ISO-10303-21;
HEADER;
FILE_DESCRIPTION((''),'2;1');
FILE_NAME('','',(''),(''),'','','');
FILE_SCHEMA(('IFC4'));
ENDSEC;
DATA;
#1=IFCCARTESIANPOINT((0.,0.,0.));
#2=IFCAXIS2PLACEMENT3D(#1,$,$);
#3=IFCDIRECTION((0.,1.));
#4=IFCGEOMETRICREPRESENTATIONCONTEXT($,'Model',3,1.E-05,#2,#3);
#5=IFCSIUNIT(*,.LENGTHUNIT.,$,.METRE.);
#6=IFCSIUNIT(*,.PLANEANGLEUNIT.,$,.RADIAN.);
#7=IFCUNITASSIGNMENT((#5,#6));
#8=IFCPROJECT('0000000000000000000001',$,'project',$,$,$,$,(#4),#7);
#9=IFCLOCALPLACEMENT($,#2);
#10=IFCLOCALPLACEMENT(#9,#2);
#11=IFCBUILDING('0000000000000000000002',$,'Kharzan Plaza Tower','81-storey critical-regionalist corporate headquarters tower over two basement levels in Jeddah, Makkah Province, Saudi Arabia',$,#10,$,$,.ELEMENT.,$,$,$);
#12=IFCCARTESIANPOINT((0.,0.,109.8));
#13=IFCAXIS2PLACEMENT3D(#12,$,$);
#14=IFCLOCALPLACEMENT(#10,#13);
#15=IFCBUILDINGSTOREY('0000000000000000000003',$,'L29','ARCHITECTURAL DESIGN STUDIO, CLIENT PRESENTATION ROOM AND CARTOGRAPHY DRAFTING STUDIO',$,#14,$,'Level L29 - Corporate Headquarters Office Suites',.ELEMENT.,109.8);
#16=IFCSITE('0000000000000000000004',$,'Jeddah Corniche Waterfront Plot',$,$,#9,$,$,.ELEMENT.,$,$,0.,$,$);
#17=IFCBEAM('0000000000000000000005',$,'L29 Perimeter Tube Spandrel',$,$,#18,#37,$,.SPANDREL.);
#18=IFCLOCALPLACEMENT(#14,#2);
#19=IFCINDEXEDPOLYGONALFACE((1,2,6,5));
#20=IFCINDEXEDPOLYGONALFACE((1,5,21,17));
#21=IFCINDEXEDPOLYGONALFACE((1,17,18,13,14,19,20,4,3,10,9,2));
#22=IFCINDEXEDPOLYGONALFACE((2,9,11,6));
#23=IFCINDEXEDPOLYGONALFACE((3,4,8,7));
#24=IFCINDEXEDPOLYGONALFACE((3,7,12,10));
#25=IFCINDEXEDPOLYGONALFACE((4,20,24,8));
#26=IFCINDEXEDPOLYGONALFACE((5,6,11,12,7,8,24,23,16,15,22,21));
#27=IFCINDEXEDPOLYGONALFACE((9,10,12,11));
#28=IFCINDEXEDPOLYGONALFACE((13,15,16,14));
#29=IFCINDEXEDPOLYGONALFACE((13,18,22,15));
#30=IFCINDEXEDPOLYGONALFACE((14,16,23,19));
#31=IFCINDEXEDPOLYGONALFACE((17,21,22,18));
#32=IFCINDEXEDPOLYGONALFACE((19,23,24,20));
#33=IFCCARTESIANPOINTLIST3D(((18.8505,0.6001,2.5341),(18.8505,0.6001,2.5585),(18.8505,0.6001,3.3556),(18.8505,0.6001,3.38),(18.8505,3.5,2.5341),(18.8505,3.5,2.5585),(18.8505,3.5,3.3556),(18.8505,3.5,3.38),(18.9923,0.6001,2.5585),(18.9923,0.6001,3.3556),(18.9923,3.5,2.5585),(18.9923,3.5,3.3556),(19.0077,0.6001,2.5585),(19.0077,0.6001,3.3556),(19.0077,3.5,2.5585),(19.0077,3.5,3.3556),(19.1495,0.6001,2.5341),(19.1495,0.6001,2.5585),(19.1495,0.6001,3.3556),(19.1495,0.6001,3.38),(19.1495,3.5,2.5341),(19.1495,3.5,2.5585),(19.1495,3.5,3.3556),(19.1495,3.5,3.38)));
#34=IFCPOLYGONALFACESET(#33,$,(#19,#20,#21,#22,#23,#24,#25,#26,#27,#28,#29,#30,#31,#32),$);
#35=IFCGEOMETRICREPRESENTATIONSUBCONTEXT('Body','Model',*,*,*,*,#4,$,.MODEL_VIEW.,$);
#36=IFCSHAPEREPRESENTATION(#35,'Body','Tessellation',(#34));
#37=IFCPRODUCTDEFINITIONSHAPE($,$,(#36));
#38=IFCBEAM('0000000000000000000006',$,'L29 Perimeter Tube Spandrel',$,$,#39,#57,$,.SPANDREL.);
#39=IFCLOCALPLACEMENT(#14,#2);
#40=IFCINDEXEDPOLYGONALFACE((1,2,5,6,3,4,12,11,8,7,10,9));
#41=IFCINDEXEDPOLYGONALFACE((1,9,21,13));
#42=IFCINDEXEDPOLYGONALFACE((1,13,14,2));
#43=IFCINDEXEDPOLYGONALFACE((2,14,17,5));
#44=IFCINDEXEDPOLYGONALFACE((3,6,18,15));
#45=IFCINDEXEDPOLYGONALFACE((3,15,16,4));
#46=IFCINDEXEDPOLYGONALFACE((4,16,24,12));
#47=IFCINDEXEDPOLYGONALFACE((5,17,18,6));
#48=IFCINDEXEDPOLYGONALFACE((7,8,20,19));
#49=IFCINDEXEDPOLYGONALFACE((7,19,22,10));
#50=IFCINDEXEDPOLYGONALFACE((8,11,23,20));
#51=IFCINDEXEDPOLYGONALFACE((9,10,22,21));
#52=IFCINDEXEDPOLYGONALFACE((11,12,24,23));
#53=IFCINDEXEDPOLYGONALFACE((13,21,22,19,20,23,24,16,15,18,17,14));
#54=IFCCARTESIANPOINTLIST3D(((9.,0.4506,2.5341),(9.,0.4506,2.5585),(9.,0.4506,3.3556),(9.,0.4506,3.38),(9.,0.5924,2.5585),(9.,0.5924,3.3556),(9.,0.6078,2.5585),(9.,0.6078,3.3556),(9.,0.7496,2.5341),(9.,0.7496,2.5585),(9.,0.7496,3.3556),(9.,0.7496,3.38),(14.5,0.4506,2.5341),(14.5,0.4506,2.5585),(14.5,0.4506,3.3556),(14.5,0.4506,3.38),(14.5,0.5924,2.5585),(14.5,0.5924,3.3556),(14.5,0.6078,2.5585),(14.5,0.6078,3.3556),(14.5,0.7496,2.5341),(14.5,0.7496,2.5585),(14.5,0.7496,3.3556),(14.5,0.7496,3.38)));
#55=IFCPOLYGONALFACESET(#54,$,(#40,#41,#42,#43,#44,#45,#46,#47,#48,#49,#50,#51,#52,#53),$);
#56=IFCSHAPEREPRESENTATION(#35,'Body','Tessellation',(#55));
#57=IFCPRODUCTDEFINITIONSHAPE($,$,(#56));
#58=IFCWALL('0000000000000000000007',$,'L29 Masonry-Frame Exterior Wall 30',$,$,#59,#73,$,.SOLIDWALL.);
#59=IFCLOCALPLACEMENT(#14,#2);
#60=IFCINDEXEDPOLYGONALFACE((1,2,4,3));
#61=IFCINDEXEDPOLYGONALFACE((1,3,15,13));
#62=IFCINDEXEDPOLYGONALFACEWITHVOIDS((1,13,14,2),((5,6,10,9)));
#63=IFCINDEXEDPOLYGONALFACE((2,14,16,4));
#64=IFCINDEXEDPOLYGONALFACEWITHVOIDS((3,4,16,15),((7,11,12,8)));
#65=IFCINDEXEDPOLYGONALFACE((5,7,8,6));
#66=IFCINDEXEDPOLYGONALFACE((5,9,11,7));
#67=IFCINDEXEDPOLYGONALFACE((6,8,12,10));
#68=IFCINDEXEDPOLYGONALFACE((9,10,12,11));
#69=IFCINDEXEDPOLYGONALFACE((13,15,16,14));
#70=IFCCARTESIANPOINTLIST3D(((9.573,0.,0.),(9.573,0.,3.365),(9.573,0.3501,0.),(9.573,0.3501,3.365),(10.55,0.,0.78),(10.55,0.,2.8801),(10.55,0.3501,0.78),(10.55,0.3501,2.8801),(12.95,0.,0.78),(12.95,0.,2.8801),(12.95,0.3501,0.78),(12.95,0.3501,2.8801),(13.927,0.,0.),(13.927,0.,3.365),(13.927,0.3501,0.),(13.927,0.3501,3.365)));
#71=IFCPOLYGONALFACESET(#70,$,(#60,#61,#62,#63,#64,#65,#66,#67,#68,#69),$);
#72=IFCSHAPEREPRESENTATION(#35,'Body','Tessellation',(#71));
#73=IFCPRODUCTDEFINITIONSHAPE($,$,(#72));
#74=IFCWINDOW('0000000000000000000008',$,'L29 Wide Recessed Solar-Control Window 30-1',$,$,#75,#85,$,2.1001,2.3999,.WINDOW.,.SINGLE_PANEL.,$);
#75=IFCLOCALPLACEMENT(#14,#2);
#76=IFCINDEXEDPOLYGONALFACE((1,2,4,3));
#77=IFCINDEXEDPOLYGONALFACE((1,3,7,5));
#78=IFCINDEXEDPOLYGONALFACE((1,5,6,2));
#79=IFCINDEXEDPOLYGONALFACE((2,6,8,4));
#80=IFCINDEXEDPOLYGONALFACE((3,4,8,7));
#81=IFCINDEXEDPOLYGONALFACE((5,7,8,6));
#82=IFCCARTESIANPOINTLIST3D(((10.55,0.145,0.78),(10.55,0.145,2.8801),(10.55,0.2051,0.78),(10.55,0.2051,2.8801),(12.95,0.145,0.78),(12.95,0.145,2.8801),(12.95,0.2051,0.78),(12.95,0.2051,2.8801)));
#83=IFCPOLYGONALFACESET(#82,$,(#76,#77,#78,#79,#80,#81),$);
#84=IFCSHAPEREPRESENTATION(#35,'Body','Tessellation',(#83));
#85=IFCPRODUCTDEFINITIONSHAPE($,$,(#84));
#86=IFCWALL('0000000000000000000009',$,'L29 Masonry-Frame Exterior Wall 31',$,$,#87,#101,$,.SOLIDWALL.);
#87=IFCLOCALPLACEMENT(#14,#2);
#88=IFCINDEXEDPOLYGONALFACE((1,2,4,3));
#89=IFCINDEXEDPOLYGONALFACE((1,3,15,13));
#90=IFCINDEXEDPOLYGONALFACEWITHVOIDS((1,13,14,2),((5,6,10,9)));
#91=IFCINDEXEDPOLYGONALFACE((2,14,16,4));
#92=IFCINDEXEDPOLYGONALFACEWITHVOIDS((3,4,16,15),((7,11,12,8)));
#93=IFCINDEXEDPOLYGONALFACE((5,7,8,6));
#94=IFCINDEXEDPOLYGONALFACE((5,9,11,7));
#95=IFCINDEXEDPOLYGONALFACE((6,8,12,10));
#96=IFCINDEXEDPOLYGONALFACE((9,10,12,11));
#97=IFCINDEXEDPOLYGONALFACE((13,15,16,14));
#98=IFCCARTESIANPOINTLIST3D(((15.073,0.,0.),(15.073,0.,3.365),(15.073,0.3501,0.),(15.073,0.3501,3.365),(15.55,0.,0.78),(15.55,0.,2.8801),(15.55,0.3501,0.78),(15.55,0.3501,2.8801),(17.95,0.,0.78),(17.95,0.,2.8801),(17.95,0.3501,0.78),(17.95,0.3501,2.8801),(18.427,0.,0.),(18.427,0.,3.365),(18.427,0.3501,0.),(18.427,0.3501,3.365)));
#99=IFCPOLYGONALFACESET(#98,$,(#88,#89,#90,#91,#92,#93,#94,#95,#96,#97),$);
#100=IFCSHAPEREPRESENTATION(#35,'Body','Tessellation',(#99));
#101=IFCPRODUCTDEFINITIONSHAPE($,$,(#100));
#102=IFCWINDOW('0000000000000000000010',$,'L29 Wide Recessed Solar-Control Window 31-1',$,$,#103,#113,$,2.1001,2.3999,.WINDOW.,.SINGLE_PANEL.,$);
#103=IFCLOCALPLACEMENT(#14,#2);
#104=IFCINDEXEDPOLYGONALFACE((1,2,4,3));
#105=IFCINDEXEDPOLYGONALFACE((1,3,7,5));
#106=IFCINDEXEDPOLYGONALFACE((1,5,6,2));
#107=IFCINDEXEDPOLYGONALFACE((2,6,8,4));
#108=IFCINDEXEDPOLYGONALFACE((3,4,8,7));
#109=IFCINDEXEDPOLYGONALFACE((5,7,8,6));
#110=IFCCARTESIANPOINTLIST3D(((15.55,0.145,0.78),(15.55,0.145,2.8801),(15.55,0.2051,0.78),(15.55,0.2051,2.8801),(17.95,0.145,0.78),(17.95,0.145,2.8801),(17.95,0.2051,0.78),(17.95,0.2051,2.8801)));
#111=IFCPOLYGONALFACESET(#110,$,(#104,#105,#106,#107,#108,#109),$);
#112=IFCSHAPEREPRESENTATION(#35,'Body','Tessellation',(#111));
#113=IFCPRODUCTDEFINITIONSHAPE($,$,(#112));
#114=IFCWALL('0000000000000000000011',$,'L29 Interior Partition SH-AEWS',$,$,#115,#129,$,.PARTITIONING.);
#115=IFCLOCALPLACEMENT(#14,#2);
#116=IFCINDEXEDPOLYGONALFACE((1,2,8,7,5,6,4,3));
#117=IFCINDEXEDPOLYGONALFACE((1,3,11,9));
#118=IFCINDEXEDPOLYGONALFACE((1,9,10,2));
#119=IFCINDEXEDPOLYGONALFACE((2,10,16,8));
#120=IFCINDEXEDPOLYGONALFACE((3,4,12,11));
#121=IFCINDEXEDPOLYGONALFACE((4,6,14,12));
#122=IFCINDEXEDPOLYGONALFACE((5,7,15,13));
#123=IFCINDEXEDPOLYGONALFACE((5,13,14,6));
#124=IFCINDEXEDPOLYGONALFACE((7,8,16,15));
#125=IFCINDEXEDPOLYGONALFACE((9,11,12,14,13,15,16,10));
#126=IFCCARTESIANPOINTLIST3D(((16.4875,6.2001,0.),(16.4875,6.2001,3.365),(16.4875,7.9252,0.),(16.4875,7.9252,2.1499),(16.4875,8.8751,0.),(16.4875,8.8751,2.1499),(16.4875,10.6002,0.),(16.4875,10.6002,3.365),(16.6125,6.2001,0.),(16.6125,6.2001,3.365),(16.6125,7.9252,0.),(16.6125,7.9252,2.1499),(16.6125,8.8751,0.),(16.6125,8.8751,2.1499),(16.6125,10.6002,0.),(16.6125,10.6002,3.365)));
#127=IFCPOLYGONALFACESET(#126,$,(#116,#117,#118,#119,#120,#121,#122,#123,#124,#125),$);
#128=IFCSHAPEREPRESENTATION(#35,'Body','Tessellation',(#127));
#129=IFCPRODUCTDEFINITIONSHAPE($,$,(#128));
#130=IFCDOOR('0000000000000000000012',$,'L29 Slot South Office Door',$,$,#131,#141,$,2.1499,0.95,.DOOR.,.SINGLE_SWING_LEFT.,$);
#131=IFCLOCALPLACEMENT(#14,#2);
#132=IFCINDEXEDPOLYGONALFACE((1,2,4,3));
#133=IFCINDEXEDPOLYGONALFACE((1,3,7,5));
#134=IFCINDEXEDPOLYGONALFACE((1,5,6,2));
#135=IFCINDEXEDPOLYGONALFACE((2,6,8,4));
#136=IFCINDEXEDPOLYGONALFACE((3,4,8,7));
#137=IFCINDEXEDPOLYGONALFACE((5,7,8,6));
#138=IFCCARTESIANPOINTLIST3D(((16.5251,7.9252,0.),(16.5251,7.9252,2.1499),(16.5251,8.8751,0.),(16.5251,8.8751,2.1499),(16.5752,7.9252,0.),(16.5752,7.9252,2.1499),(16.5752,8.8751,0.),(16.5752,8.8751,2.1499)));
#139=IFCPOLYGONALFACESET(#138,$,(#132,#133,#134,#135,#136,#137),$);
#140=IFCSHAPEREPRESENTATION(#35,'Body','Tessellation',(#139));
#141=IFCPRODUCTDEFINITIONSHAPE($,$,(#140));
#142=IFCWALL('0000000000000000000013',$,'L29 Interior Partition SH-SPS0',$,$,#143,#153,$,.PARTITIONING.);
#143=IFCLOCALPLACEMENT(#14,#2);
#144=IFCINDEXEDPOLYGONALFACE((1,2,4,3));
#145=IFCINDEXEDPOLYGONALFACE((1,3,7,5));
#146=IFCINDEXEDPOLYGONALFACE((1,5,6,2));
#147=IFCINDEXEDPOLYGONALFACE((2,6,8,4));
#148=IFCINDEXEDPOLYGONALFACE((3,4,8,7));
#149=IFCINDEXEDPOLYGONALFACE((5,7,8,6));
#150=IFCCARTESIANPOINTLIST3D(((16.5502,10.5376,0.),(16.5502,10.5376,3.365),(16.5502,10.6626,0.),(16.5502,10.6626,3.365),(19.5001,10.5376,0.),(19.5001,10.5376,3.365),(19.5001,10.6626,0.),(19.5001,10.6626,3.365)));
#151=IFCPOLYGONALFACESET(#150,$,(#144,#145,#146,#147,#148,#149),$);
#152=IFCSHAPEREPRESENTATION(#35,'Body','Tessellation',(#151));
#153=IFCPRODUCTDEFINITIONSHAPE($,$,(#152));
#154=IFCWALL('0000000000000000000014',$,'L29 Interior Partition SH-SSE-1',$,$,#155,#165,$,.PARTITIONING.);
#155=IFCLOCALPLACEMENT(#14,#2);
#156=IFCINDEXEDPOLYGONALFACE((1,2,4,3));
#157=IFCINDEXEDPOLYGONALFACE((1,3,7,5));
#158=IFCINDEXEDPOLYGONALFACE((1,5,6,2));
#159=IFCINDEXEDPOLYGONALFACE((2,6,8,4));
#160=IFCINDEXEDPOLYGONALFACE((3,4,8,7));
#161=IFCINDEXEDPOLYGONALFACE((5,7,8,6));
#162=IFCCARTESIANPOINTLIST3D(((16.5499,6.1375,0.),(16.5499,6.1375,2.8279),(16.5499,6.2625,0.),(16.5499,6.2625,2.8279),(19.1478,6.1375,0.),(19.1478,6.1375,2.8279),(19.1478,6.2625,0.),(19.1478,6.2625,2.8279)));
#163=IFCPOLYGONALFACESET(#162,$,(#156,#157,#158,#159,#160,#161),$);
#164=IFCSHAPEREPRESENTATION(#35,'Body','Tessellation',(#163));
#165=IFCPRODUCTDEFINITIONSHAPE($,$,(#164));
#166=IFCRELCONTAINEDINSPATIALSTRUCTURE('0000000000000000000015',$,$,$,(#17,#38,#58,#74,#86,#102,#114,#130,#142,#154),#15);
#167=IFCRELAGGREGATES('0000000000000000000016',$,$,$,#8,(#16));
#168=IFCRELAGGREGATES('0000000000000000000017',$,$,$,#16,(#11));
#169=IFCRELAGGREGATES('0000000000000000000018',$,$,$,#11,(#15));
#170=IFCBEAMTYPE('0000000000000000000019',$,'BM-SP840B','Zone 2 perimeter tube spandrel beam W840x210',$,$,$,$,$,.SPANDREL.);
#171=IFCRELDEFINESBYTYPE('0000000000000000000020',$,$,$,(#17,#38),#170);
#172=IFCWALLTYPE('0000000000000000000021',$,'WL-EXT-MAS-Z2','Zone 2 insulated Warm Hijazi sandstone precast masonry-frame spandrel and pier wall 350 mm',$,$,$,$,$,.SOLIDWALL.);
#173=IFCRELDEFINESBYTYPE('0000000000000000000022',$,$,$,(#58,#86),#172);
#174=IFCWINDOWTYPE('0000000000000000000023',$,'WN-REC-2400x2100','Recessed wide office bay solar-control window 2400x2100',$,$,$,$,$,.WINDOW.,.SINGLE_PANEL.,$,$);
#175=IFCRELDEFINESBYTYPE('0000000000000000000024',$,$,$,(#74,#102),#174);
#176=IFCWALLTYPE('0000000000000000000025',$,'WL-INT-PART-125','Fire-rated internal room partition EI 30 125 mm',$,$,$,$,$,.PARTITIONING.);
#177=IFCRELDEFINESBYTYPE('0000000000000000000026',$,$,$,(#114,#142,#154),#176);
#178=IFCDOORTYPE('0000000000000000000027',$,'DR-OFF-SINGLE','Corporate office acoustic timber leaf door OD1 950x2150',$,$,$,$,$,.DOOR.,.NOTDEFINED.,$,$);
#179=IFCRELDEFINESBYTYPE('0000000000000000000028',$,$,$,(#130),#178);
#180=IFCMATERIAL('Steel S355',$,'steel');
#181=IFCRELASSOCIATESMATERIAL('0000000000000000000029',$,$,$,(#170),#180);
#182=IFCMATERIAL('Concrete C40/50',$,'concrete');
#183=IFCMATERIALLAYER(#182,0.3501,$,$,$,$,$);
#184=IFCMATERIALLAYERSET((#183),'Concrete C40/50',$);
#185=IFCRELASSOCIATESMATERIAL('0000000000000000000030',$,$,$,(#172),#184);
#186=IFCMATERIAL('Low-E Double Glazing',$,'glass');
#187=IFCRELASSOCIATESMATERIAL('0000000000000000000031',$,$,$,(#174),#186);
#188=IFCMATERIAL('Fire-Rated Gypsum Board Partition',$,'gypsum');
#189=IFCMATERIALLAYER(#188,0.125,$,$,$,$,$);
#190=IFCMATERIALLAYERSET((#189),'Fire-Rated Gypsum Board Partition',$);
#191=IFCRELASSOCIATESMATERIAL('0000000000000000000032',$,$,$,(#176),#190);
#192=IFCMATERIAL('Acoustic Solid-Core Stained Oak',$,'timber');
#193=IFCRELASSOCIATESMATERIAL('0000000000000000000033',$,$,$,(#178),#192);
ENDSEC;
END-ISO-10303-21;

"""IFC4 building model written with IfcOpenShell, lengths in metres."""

from ifc_helpers import new_model, si_unit, direction, frame, frame_2d, origin, origin_2d, place, context, subcontext, project, spatial, rectangle, i_section, extrude, source, transform, mapped, material, layer, layer_set, material_profile, profile_set, type_object, element, fill, save


model = new_model("IFC4")

# Units and contexts
model_context = context("Model", 3, precision=1e-05, world=origin(), true_north=direction((0.0, 1.0)))
body_context = subcontext(model_context, "Body", "Model", "MODEL_VIEW")
ifc_project = project(units=[si_unit("LENGTHUNIT", "METRE"), si_unit("PLANEANGLEUNIT", "RADIAN")], contexts=[model_context])

# Site, building, storey
site_placement = place(None, origin())
site = spatial("IfcSite", under=ifc_project, at=site_placement, Name="Jeddah Corniche Waterfront Plot", CompositionType="ELEMENT", RefElevation=0.0)
building_placement = place(site_placement, origin())
building = spatial("IfcBuilding", under=site, at=building_placement, Name="Kharzan Plaza Tower", Description="81-storey critical-regionalist corporate headquarters tower over two basement levels in Jeddah, Makkah Province, Saudi Arabia", CompositionType="ELEMENT")
storey_placement = place(building_placement, frame((0.0, 0.0, 109.8)))
storey = spatial("IfcBuildingStorey", under=building, at=storey_placement, Name="L29", Description="ARCHITECTURAL DESIGN STUDIO, CLIENT PRESENTATION ROOM AND CARTOGRAPHY DRAFTING STUDIO", LongName="Level L29 - Corporate Headquarters Office Suites", CompositionType="ELEMENT", Elevation=109.8)

# Beams
ifc_material_1 = material(Name="Steel S355", Category="steel")
ifc_material_profile_1 = material_profile(ifc_material_1, i_section(OverallWidth=0.2991, OverallDepth=0.8459, WebThickness=0.0154, FlangeThickness=0.0244, at=origin_2d()), Name="W840x210")
ifc_profile_set_1 = profile_set([ifc_material_profile_1], Name="Steel S355")
beam_type_1 = type_object("IfcBeamType", Name="BM-SP840B", Description="Zone 2 perimeter tube spandrel beam W840x210", PredefinedType="SPANDREL", material=ifc_profile_set_1)
shared_shape_1 = source(origin(), body_context, "Body", "SweptSolid", [
    extrude(i_section(OverallWidth=0.2991, OverallDepth=0.8459, WebThickness=0.0154, FlangeThickness=0.0244, at=origin_2d()), origin(), (0.0, 0.0, 1.0), 2.8999),
])
beam_1_placement = place(storey_placement, frame((19.0, 0.6001, 2.957), z_axis=(0.0, 1.0, 0.0), x_axis=(-1.0, 0.0, 0.0)))
element("IfcBeam", 1, at=beam_1_placement, inside=storey, type_object=beam_type_1, Name="L29 Perimeter Tube Spandrel", PredefinedType="SPANDREL", context=body_context, shape_type="MappedRepresentation", body=[
    mapped(shared_shape_1, transform((0.0, 0.0, 0.0), x_axis=(1.0, 0.0, 0.0), y_axis=(0.0, 1.0, 0.0), z_axis=(0.0, 0.0, 1.0))),
])
shared_shape_2 = source(origin(), body_context, "Body", "SweptSolid", [
    extrude(i_section(OverallWidth=0.2991, OverallDepth=0.8459, WebThickness=0.0154, FlangeThickness=0.0244, at=origin_2d()), origin(), (0.0, 0.0, 1.0), 5.5),
])
beam_2_placement = place(storey_placement, frame((9.0, 0.6001, 2.957), z_axis=(1.0, 0.0, 0.0), x_axis=(0.0, 1.0, 0.0)))
element("IfcBeam", 2, at=beam_2_placement, inside=storey, type_object=beam_type_1, Name="L29 Perimeter Tube Spandrel", PredefinedType="SPANDREL", context=body_context, shape_type="MappedRepresentation", body=[
    mapped(shared_shape_2, transform((0.0, 0.0, 0.0), x_axis=(1.0, 0.0, 0.0), y_axis=(0.0, 1.0, 0.0), z_axis=(0.0, 0.0, 1.0))),
])

# Walls, openings, windows
ifc_material_2 = material(Name="Concrete C40/50", Category="concrete")
ifc_layer_1 = layer(ifc_material_2, 0.3501)
ifc_layer_set_1 = layer_set([ifc_layer_1], Name="Concrete C40/50")
wall_type_1 = type_object("IfcWallType", Name="WL-EXT-MAS-Z2", Description="Zone 2 insulated Warm Hijazi sandstone precast masonry-frame spandrel and pier wall 350 mm", PredefinedType="SOLIDWALL", material=ifc_layer_set_1)
wall_1_placement = place(storey_placement, frame((9.573, 0.175, 0.0), z_axis=(0.0, 0.0, 1.0), x_axis=(1.0, 0.0, 0.0)))
wall_1 = element("IfcWall", 3, at=wall_1_placement, inside=storey, type_object=wall_type_1, Name="L29 Masonry-Frame Exterior Wall 30", PredefinedType="SOLIDWALL", context=body_context, shape_type="SweptSolid", body=[
    extrude(rectangle(XDim=4.354, YDim=0.3501, at=frame_2d((2.177, 0.0))), origin(), (0.0, 0.0, 1.0), 3.365),
])
opening_1_placement = place(wall_1_placement, frame((0.9771, 0.0, 0.78)))
opening_1 = element("IfcOpeningElement", 4, at=opening_1_placement, cuts=wall_1, PredefinedType="OPENING", context=body_context, shape_type="SweptSolid", body=[
    extrude(rectangle(XDim=2.3999, YDim=2.1001, at=frame_2d((1.2, 1.05))), frame((0.0, 0.1851, 0.0), z_axis=(0.0, -1.0, 0.0), x_axis=(1.0, 0.0, 0.0)), (0.0, 0.0, 1.0), 0.3701),
])
ifc_material_3 = material(Name="Low-E Double Glazing", Category="glass")
window_type = type_object("IfcWindowType", Name="WN-REC-2400x2100", Description="Recessed wide office bay solar-control window 2400x2100", PartitioningType="SINGLE_PANEL", PredefinedType="WINDOW", material=ifc_material_3)
shared_shape_3 = source(origin(), body_context, "Body", "SweptSolid", [
    extrude(rectangle(XDim=2.3999, YDim=2.1001, at=frame_2d((1.2, 1.05))), frame((0.0, 0.03, 0.0), z_axis=(0.0, -1.0, 0.0), x_axis=(1.0, 0.0, 0.0)), (0.0, 0.0, 1.0), 0.0601),
])
window_1_placement = place(opening_1_placement, origin())
window_1 = element("IfcWindow", 5, at=window_1_placement, inside=storey, type_object=window_type, Name="L29 Wide Recessed Solar-Control Window 30-1", OverallHeight=2.1001, OverallWidth=2.3999, PartitioningType="SINGLE_PANEL", PredefinedType="WINDOW", context=body_context, shape_type="MappedRepresentation", body=[
    mapped(shared_shape_3, transform((0.0, 0.0, 0.0), x_axis=(1.0, 0.0, 0.0), y_axis=(0.0, 1.0, 0.0), z_axis=(0.0, 0.0, 1.0))),
])
fill(opening_1, window_1)
wall_2_placement = place(storey_placement, frame((15.073, 0.175, 0.0), z_axis=(0.0, 0.0, 1.0), x_axis=(1.0, 0.0, 0.0)))
wall_2 = element("IfcWall", 6, at=wall_2_placement, inside=storey, type_object=wall_type_1, Name="L29 Masonry-Frame Exterior Wall 31", PredefinedType="SOLIDWALL", context=body_context, shape_type="SweptSolid", body=[
    extrude(rectangle(XDim=3.354, YDim=0.3501, at=frame_2d((1.677, 0.0))), origin(), (0.0, 0.0, 1.0), 3.365),
])
opening_2_placement = place(wall_2_placement, frame((0.4771, 0.0, 0.78)))
opening_2 = element("IfcOpeningElement", 7, at=opening_2_placement, cuts=wall_2, PredefinedType="OPENING", context=body_context, shape_type="SweptSolid", body=[
    extrude(rectangle(XDim=2.3999, YDim=2.1001, at=frame_2d((1.2, 1.05))), frame((0.0, 0.1851, 0.0), z_axis=(0.0, -1.0, 0.0), x_axis=(1.0, 0.0, 0.0)), (0.0, 0.0, 1.0), 0.3701),
])
window_2_placement = place(opening_2_placement, origin())
window_2 = element("IfcWindow", 8, at=window_2_placement, inside=storey, type_object=window_type, Name="L29 Wide Recessed Solar-Control Window 31-1", OverallHeight=2.1001, OverallWidth=2.3999, PartitioningType="SINGLE_PANEL", PredefinedType="WINDOW", context=body_context, shape_type="MappedRepresentation", body=[
    mapped(shared_shape_3, transform((0.0, 0.0, 0.0), x_axis=(1.0, 0.0, 0.0), y_axis=(0.0, 1.0, 0.0), z_axis=(0.0, 0.0, 1.0))),
])
fill(opening_2, window_2)

# Wall, opening, door
ifc_material_4 = material(Name="Fire-Rated Gypsum Board Partition", Category="gypsum")
ifc_layer_2 = layer(ifc_material_4, 0.125)
ifc_layer_set_2 = layer_set([ifc_layer_2], Name="Fire-Rated Gypsum Board Partition")
wall_type_2 = type_object("IfcWallType", Name="WL-INT-PART-125", Description="Fire-rated internal room partition EI 30 125 mm", PredefinedType="PARTITIONING", material=ifc_layer_set_2)
wall_3_placement = place(storey_placement, frame((16.55, 6.2, 0.0), z_axis=(0.0, 0.0, 1.0), x_axis=(0.0, 1.0, 0.0)))
wall_3 = element("IfcWall", 9, at=wall_3_placement, inside=storey, type_object=wall_type_2, Name="L29 Interior Partition SH-AEWS", PredefinedType="PARTITIONING", context=body_context, shape_type="SweptSolid", body=[
    extrude(rectangle(XDim=4.4001, YDim=0.125, at=frame_2d((2.2002, 0.0))), origin(), (0.0, 0.0, 1.0), 3.365),
])
opening_3_placement = place(wall_3_placement, frame((1.7251, 0.0, 0.0)))
opening_3 = element("IfcOpeningElement", 10, at=opening_3_placement, cuts=wall_3, PredefinedType="OPENING", context=body_context, shape_type="SweptSolid", body=[
    extrude(rectangle(XDim=0.95, YDim=2.1499, at=frame_2d((0.4751, 1.075))), frame((0.0, 0.0725, 0.0), z_axis=(0.0, -1.0, 0.0), x_axis=(1.0, 0.0, 0.0)), (0.0, 0.0, 1.0), 0.145),
])
ifc_material_5 = material(Name="Acoustic Solid-Core Stained Oak", Category="timber")
door_type = type_object("IfcDoorType", Name="DR-OFF-SINGLE", Description="Corporate office acoustic timber leaf door OD1 950x2150", OperationType="NOTDEFINED", PredefinedType="DOOR", material=ifc_material_5)
shared_shape_4 = source(origin(), body_context, "Body", "SweptSolid", [
    extrude(rectangle(XDim=0.95, YDim=2.1499, at=frame_2d((0.4751, 1.075))), frame((0.0, 0.0249, 0.0), z_axis=(0.0, -1.0, 0.0), x_axis=(1.0, 0.0, 0.0)), (0.0, 0.0, 1.0), 0.05),
])
door_placement = place(opening_3_placement, origin())
door = element("IfcDoor", 11, at=door_placement, inside=storey, type_object=door_type, Name="L29 Slot South Office Door", OperationType="SINGLE_SWING_LEFT", OverallHeight=2.1499, OverallWidth=0.95, PredefinedType="DOOR", context=body_context, shape_type="MappedRepresentation", body=[
    mapped(shared_shape_4, transform((0.0, 0.0, 0.0), x_axis=(1.0, 0.0, 0.0), y_axis=(0.0, 1.0, 0.0), z_axis=(0.0, 0.0, 1.0))),
])
fill(opening_3, door)

# Walls
shared_shape_5 = source(origin(), body_context, "Body", "SweptSolid", [
    extrude(rectangle(XDim=2.95, YDim=0.125, at=frame_2d((1.4751, 0.0))), origin(), (0.0, 0.0, 1.0), 3.365),
])
wall_4_placement = place(storey_placement, frame((16.55, 10.6001, 0.0), z_axis=(0.0, 0.0, 1.0), x_axis=(1.0, 0.0, 0.0)))
element("IfcWall", 12, at=wall_4_placement, inside=storey, type_object=wall_type_2, Name="L29 Interior Partition SH-SPS0", PredefinedType="PARTITIONING", context=body_context, shape_type="MappedRepresentation", body=[
    mapped(shared_shape_5, transform((0.0, 0.0, 0.0), x_axis=(1.0, 0.0, 0.0), y_axis=(0.0, 1.0, 0.0), z_axis=(0.0, 0.0, 1.0))),
])
shared_shape_6 = source(origin(), body_context, "Body", "SweptSolid", [
    extrude(rectangle(XDim=2.5979, YDim=0.125, at=frame_2d((1.2988, 0.0))), origin(), (0.0, 0.0, 1.0), 2.8279),
])
wall_5_placement = place(storey_placement, frame((16.55, 6.2, 0.0), z_axis=(0.0, 0.0, 1.0), x_axis=(1.0, 0.0, 0.0)))
element("IfcWall", 13, at=wall_5_placement, inside=storey, type_object=wall_type_2, Name="L29 Interior Partition SH-SSE-1", PredefinedType="PARTITIONING", context=body_context, shape_type="MappedRepresentation", body=[
    mapped(shared_shape_6, transform((0.0, 0.0, 0.0), x_axis=(1.0, 0.0, 0.0), y_axis=(0.0, 1.0, 0.0), z_axis=(0.0, 0.0, 1.0))),
])

save(model, "model.ifc")
